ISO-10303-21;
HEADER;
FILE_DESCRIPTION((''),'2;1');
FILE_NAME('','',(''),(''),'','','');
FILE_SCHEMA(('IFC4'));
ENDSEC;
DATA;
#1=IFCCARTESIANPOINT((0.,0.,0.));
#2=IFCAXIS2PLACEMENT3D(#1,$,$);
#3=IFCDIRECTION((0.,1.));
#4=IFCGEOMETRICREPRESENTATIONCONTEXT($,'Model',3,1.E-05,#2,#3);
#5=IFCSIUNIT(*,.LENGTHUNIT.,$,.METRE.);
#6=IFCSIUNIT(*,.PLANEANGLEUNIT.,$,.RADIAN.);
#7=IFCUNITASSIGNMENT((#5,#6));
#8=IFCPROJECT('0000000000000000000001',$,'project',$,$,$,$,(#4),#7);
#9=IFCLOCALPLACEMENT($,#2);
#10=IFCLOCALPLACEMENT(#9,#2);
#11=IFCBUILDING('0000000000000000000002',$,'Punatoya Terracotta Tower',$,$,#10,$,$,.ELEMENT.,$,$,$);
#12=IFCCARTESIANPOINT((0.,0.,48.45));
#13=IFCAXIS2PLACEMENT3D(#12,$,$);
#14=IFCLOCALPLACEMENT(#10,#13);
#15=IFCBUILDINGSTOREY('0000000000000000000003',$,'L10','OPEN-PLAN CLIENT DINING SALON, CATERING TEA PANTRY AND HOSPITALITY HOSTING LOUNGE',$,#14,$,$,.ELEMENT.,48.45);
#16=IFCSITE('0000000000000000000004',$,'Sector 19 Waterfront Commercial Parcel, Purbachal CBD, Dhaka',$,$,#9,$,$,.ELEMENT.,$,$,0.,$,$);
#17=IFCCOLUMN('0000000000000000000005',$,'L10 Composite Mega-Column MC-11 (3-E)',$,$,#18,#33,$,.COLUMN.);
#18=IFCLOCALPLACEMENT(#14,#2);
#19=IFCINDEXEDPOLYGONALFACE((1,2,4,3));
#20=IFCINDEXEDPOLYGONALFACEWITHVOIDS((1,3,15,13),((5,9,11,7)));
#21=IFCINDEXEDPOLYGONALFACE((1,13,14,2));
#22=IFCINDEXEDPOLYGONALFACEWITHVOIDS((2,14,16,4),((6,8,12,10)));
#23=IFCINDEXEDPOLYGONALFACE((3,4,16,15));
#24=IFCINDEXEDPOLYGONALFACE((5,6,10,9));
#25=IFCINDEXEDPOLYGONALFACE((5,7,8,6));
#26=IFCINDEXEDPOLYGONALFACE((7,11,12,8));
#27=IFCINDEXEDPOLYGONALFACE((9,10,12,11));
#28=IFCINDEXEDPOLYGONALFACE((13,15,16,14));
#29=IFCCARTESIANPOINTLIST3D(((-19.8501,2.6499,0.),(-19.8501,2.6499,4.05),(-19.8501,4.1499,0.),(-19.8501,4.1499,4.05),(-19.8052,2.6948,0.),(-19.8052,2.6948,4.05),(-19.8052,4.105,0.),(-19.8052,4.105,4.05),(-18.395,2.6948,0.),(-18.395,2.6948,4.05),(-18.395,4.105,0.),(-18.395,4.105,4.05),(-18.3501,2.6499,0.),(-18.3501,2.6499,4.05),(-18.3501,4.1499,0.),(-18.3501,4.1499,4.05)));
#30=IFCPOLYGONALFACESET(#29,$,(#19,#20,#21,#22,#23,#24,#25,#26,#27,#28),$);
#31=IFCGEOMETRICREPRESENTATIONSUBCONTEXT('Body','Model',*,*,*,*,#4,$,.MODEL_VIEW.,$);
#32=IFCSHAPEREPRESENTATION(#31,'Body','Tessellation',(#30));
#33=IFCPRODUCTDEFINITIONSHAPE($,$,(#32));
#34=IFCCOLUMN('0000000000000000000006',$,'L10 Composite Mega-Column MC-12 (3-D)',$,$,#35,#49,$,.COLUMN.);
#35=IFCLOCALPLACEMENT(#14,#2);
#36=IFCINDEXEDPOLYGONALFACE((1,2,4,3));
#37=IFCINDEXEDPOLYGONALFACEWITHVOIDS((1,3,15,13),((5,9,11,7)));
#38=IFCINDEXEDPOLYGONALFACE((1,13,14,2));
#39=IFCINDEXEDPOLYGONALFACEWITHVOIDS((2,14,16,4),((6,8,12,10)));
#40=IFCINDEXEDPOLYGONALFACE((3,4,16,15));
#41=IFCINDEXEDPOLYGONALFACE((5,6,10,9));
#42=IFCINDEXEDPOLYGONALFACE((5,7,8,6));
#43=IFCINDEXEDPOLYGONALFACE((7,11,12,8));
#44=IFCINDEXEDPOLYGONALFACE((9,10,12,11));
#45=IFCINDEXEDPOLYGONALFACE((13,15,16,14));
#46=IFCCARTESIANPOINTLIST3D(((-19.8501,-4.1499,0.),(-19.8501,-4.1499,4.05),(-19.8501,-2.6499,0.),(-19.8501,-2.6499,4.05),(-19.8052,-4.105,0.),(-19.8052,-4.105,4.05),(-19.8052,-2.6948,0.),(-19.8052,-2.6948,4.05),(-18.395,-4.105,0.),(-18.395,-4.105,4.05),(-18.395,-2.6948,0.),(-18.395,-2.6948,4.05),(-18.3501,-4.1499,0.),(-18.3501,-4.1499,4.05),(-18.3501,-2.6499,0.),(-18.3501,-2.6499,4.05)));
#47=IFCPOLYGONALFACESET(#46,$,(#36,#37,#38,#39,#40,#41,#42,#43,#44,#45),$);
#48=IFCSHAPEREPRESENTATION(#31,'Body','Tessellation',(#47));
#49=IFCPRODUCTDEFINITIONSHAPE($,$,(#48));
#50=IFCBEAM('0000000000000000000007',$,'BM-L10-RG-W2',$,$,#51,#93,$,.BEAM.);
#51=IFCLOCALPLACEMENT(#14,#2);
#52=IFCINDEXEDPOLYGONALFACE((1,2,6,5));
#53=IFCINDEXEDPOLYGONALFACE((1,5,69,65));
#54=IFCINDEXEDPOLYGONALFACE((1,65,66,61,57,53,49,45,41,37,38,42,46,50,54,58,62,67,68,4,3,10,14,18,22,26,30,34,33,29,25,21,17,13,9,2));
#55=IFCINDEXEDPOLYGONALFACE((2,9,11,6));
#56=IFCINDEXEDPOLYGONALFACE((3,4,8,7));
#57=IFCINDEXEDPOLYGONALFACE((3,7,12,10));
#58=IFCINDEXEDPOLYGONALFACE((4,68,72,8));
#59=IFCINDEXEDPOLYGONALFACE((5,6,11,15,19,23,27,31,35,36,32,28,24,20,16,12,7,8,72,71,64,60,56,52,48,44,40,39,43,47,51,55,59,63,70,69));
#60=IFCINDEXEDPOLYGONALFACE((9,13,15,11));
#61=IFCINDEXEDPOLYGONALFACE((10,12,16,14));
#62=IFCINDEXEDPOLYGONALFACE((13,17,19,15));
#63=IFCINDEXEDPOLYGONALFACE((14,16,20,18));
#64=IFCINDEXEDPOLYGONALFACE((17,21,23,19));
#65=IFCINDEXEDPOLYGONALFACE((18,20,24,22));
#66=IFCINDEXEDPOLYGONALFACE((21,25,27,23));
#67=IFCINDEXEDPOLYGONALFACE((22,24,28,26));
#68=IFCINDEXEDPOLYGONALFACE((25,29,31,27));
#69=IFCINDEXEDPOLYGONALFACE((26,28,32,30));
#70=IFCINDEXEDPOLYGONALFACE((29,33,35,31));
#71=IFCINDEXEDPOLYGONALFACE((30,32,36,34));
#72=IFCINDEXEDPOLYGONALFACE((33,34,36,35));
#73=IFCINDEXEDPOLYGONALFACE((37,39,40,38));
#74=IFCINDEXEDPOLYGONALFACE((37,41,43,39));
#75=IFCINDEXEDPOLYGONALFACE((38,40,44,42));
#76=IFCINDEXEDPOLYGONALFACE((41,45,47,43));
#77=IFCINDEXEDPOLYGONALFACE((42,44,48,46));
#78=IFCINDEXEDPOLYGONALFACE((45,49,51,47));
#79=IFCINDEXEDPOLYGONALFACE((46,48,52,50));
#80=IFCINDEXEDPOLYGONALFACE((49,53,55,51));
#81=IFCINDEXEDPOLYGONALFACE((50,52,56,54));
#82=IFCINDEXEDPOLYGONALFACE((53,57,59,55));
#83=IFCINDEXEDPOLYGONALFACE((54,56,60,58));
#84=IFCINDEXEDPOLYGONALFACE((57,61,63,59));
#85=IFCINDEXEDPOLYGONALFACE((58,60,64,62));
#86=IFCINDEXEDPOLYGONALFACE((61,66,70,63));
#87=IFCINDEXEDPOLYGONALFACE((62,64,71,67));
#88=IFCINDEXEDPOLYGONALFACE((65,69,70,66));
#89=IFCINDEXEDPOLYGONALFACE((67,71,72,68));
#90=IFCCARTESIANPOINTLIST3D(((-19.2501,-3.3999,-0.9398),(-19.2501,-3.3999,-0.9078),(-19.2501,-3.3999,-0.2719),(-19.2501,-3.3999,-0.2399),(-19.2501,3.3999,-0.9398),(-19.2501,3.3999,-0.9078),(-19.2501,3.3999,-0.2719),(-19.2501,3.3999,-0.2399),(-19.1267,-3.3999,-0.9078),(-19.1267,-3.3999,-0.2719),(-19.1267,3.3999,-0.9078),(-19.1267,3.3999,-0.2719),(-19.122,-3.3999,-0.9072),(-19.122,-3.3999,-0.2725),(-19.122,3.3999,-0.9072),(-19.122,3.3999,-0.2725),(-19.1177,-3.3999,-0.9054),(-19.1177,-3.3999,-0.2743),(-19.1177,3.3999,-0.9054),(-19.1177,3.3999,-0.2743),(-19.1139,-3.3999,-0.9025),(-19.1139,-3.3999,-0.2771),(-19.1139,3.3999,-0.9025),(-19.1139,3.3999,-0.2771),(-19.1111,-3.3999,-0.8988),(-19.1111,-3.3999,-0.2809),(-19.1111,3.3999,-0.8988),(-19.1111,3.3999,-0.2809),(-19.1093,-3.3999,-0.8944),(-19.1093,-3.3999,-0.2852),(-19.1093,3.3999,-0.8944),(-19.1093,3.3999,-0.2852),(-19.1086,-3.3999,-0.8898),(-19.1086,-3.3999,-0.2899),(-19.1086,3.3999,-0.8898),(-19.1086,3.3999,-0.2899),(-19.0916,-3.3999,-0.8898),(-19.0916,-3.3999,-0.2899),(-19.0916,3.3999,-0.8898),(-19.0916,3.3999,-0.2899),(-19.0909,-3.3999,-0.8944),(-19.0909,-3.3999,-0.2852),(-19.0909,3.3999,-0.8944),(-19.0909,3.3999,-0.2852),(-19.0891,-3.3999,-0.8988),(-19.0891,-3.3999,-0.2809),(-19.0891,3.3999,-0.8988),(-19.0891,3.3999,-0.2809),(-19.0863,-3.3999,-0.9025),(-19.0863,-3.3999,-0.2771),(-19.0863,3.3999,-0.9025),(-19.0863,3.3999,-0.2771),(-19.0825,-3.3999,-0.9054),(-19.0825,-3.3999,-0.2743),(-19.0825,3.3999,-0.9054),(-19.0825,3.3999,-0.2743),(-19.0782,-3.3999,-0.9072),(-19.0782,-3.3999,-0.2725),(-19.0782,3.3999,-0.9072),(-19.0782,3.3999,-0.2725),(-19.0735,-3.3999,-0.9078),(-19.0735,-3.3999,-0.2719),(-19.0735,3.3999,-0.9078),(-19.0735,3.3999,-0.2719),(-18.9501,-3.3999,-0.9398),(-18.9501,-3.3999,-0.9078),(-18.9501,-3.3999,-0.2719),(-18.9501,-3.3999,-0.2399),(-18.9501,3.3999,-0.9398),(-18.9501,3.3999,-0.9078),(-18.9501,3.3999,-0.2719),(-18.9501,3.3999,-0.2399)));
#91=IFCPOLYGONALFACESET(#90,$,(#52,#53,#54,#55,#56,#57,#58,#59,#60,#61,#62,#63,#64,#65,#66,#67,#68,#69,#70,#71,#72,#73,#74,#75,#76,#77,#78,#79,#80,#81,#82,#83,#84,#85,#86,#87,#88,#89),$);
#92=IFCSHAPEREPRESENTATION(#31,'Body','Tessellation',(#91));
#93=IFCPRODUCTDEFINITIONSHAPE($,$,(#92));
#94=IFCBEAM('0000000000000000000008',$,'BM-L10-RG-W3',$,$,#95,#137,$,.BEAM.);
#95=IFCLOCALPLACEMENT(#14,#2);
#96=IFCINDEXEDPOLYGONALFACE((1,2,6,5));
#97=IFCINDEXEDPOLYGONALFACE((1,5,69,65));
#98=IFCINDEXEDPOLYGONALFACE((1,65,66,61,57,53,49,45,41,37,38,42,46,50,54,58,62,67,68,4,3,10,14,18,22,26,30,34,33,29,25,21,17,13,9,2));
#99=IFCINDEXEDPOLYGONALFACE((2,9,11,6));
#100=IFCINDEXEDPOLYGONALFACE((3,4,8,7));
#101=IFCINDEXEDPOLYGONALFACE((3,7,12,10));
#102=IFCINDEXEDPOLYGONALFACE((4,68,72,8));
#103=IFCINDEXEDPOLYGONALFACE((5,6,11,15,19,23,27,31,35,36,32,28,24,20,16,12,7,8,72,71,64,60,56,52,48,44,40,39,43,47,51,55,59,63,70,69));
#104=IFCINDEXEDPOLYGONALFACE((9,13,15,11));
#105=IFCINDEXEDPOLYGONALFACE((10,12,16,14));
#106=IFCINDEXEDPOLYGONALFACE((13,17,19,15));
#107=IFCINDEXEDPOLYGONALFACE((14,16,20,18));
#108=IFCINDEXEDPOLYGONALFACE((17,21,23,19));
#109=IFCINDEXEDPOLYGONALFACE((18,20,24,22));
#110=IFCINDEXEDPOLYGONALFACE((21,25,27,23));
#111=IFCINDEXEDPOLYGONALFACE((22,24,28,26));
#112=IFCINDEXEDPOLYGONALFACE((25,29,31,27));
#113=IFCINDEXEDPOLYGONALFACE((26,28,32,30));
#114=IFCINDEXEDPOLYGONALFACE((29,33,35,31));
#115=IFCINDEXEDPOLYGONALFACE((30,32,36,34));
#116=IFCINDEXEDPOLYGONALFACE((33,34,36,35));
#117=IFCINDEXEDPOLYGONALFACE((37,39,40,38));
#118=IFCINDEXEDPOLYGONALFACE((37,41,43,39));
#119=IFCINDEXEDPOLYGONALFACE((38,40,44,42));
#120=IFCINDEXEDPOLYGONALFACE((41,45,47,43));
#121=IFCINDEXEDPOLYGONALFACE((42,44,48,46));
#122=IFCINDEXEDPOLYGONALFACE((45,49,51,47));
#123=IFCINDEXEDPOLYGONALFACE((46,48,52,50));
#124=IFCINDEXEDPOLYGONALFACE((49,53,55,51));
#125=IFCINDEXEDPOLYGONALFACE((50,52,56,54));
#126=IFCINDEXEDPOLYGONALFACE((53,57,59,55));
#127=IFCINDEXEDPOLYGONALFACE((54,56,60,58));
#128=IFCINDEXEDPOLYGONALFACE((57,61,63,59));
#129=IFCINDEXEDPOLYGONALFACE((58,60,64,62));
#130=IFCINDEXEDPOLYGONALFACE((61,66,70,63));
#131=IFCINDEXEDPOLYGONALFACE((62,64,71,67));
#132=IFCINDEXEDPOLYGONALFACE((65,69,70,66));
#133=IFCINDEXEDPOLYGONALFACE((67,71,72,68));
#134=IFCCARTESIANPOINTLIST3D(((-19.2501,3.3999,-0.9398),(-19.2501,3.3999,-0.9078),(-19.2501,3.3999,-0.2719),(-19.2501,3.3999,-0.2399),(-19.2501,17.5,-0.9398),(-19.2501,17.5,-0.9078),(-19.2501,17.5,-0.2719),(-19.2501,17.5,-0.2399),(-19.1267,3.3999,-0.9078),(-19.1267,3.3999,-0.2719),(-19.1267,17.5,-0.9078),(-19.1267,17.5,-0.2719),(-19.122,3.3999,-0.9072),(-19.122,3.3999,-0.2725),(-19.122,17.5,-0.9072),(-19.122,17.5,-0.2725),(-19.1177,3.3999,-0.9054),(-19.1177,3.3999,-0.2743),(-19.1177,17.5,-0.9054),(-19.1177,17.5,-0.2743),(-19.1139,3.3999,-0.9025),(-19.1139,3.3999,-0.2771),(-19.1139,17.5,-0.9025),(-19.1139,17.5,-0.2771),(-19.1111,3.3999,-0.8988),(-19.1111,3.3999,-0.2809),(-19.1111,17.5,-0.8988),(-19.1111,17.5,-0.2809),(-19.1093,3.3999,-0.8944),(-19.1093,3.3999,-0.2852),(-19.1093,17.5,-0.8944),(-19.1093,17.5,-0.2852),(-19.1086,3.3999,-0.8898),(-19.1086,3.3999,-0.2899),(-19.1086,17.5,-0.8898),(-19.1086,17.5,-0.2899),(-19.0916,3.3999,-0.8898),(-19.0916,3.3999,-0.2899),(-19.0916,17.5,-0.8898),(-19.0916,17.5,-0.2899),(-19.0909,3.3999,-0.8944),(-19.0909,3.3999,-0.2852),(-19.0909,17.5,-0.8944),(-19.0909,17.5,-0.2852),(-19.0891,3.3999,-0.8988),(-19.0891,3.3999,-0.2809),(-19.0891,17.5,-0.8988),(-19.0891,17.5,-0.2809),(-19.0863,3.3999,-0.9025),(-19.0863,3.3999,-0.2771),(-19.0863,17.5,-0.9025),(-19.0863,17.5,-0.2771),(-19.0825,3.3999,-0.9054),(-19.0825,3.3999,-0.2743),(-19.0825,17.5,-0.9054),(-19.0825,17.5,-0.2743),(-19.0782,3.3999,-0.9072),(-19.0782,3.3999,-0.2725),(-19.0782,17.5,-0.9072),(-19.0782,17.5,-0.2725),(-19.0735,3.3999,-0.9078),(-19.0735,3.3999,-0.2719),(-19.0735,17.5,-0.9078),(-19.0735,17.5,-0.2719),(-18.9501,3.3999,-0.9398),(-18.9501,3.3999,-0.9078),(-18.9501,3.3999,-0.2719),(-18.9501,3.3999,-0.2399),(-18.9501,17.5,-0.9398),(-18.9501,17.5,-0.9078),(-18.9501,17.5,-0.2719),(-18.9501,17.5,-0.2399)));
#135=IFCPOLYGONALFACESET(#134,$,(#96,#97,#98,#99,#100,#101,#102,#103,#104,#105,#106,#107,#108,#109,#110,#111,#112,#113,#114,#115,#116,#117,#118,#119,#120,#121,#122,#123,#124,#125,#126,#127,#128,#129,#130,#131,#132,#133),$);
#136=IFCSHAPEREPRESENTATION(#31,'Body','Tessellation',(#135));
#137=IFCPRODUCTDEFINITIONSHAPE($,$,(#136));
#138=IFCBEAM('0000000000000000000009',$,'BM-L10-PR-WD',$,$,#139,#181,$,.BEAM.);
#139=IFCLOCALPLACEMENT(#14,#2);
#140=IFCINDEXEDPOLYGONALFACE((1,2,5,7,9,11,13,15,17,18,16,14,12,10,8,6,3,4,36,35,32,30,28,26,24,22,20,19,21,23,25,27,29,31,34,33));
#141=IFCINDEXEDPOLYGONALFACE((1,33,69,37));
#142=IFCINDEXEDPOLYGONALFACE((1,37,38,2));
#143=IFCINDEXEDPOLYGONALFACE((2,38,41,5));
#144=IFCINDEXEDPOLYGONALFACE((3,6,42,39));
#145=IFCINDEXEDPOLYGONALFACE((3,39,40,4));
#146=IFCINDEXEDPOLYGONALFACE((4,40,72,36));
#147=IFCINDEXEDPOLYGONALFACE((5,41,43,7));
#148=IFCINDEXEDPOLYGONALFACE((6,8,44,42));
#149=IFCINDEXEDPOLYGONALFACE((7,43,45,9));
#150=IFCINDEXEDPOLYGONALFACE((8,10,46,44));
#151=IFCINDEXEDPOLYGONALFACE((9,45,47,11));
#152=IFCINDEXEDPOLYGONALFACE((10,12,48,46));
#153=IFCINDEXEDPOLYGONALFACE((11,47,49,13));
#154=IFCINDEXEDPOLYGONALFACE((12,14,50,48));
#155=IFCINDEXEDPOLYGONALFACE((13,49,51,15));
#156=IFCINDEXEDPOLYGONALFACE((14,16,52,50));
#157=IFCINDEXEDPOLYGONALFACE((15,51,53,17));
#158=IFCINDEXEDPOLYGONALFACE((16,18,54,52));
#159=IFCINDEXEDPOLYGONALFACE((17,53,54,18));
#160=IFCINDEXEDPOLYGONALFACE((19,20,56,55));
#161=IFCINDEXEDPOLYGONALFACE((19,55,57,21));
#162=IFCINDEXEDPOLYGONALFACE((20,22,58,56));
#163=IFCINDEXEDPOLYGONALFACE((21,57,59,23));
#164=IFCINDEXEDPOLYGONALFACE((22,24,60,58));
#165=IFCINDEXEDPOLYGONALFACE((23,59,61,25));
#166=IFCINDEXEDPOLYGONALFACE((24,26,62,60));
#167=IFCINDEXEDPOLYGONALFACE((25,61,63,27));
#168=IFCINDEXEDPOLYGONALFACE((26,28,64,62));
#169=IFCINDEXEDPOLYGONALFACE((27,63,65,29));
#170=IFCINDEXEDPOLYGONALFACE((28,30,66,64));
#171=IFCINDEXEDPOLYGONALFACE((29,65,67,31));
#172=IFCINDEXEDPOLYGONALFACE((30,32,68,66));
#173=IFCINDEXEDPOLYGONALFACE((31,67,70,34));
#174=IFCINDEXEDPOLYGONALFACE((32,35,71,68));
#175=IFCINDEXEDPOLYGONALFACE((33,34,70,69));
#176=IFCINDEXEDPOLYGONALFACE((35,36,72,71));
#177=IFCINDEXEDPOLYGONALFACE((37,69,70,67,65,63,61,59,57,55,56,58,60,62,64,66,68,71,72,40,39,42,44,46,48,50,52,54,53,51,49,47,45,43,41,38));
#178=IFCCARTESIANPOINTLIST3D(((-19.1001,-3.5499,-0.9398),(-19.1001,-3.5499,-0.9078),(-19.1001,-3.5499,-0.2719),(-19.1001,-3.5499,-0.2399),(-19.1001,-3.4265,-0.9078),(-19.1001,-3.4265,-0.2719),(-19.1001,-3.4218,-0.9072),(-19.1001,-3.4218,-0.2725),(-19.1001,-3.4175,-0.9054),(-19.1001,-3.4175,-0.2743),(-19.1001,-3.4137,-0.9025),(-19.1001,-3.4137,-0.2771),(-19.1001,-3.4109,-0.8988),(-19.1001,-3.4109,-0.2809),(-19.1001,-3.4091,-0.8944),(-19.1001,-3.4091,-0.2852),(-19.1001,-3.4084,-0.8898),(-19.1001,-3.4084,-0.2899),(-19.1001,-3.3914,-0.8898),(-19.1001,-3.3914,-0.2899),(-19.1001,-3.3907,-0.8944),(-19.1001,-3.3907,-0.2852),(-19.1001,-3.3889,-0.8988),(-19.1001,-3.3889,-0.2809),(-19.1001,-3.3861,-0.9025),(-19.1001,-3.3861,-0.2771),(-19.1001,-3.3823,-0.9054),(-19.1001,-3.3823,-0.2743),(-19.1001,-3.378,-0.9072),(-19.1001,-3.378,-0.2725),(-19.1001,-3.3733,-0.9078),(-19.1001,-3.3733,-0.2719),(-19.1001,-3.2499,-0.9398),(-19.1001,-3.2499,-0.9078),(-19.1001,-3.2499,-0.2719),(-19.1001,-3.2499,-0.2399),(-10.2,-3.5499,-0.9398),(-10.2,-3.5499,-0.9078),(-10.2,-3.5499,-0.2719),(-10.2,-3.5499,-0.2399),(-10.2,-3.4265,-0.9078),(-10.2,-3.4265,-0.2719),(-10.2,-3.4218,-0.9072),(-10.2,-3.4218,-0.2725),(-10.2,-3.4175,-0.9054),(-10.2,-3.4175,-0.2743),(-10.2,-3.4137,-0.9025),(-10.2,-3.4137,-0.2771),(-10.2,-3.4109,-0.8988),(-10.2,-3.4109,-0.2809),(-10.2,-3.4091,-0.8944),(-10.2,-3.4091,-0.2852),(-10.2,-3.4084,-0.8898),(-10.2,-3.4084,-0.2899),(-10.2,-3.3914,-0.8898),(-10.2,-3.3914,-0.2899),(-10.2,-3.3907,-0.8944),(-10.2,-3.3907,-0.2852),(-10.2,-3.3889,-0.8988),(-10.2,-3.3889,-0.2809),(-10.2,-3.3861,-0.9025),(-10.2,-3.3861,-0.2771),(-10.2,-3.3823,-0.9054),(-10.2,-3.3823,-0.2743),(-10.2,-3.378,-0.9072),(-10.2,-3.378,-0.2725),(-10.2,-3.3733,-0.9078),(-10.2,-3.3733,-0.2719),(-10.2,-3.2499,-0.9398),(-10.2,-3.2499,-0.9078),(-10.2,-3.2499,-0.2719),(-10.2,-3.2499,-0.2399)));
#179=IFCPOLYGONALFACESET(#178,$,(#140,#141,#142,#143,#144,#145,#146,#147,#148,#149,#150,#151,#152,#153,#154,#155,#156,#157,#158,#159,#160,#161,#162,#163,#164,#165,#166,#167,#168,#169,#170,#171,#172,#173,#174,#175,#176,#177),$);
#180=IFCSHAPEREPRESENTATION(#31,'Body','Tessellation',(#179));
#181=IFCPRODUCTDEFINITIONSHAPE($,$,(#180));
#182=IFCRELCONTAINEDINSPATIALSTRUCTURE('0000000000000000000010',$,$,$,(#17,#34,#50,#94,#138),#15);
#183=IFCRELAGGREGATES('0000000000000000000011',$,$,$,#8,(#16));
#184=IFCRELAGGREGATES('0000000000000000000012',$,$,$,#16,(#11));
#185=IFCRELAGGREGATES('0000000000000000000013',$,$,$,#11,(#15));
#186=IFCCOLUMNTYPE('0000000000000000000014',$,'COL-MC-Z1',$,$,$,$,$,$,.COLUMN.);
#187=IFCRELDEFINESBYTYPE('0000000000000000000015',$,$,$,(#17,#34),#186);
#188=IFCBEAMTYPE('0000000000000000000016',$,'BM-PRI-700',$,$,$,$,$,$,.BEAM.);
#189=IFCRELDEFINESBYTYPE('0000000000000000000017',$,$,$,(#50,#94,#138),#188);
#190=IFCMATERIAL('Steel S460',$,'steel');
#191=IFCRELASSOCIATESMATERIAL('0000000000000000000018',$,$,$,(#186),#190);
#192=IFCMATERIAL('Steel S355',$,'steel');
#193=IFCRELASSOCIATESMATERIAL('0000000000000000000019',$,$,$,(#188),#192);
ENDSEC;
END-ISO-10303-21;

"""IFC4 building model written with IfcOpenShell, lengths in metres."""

from ifc_helpers import new_model, si_unit, direction, frame, origin, origin_2d, place, context, subcontext, project, spatial, hollow_rectangle, i_section, extrude, material, material_profile, profile_set, type_object, element, save


model = new_model("IFC4")

# Units and contexts
model_context = context("Model", 3, precision=1e-05, world=origin(), true_north=direction((0.0, 1.0)))
body_context = subcontext(model_context, "Body", "Model", "MODEL_VIEW")
ifc_project = project(units=[si_unit("LENGTHUNIT", "METRE"), si_unit("PLANEANGLEUNIT", "RADIAN")], contexts=[model_context])

# Site, building, storey
site_placement = place(None, origin())
site = spatial("IfcSite", under=ifc_project, at=site_placement, Name="Sector 19 Waterfront Commercial Parcel, Purbachal CBD, Dhaka", CompositionType="ELEMENT", RefElevation=0.0)
building_placement = place(site_placement, origin())
building = spatial("IfcBuilding", under=site, at=building_placement, Name="Punatoya Terracotta Tower", CompositionType="ELEMENT")
storey_placement = place(building_placement, frame((0.0, 0.0, 48.45)))
storey = spatial("IfcBuildingStorey", under=building, at=storey_placement, Name="L10", Description="OPEN-PLAN CLIENT DINING SALON, CATERING TEA PANTRY AND HOSPITALITY HOSTING LOUNGE", CompositionType="ELEMENT", Elevation=48.45)

# Columns
ifc_material_1 = material(Name="Steel S460", Category="steel")
ifc_material_profile_1 = material_profile(ifc_material_1, hollow_rectangle(XDim=1.5, YDim=1.5, WallThickness=0.0449, at=origin_2d()))
ifc_profile_set_1 = profile_set([ifc_material_profile_1], Name="Steel S460")
column_type = type_object("IfcColumnType", Name="COL-MC-Z1", PredefinedType="COLUMN", material=ifc_profile_set_1)
for number, where, z_axis, x_axis, name in (
    (1, (-19.1001, 3.3999, 0.0), (0.0, 0.0, 1.0), (1.0, 0.0, 0.0), "L10 Composite Mega-Column MC-11 (3-E)"),
    (2, (-19.1001, -3.3999, 0.0), (0.0, 0.0, 1.0), (1.0, 0.0, 0.0), "L10 Composite Mega-Column MC-12 (3-D)"),
):
    element("IfcColumn", number, at=place(storey_placement, frame(where, z_axis=z_axis, x_axis=x_axis)), inside=storey, type_object=column_type, Name=name, PredefinedType="COLUMN", context=body_context, shape_type="SweptSolid", body=[
        extrude(hollow_rectangle(XDim=1.5, YDim=1.5, WallThickness=0.0449, at=origin_2d()), origin(), (0.0, 0.0, 1.0), 4.05),
    ])

# Beams
ifc_material_2 = material(Name="Steel S355", Category="steel")
ifc_material_profile_2 = material_profile(ifc_material_2, i_section(OverallWidth=0.3, OverallDepth=0.7, WebThickness=0.0171, FlangeThickness=0.032, FilletRadius=0.0181, at=origin_2d()))
ifc_profile_set_2 = profile_set([ifc_material_profile_2], Name="Steel S355")
beam_type_1 = type_object("IfcBeamType", Name="BM-PRI-700", PredefinedType="BEAM", material=ifc_profile_set_2)
beam_1_placement = place(storey_placement, frame((-19.1001, -3.3999, -0.5898), z_axis=(0.0, 1.0, 0.0), x_axis=(-1.0, 0.0, 0.0)))
element("IfcBeam", 3, at=beam_1_placement, inside=storey, type_object=beam_type_1, Name="BM-L10-RG-W2", PredefinedType="BEAM", context=body_context, shape_type="SweptSolid", body=[
    extrude(i_section(OverallWidth=0.3, OverallDepth=0.7, WebThickness=0.0171, FlangeThickness=0.032, FilletRadius=0.0181, at=origin_2d()), origin(), (0.0, 0.0, 1.0), 6.7998),
])
beam_2_placement = place(storey_placement, frame((-19.1001, 3.3999, -0.5898), z_axis=(0.0, 1.0, 0.0), x_axis=(-1.0, 0.0, 0.0)))
element("IfcBeam", 4, at=beam_2_placement, inside=storey, type_object=beam_type_1, Name="BM-L10-RG-W3", PredefinedType="BEAM", context=body_context, shape_type="SweptSolid", body=[
    extrude(i_section(OverallWidth=0.3, OverallDepth=0.7, WebThickness=0.0171, FlangeThickness=0.032, FilletRadius=0.0181, at=origin_2d()), origin(), (0.0, 0.0, 1.0), 14.1001),
])
for number, where, z_axis, x_axis, name in (
    (5, (-19.1001, -3.3999, -0.5898), (1.0, 0.0, 0.0), (0.0, 1.0, 0.0), "BM-L10-PR-WD"),
):
    element("IfcBeam", number, at=place(storey_placement, frame(where, z_axis=z_axis, x_axis=x_axis)), inside=storey, type_object=beam_type_1, Name=name, PredefinedType="BEAM", context=body_context, shape_type="SweptSolid", body=[
        extrude(i_section(OverallWidth=0.3, OverallDepth=0.7, WebThickness=0.0171, FlangeThickness=0.032, FilletRadius=0.0181, at=origin_2d()), origin(), (0.0, 0.0, 1.0), 8.9001),
    ])

save(model, "model.ifc")
